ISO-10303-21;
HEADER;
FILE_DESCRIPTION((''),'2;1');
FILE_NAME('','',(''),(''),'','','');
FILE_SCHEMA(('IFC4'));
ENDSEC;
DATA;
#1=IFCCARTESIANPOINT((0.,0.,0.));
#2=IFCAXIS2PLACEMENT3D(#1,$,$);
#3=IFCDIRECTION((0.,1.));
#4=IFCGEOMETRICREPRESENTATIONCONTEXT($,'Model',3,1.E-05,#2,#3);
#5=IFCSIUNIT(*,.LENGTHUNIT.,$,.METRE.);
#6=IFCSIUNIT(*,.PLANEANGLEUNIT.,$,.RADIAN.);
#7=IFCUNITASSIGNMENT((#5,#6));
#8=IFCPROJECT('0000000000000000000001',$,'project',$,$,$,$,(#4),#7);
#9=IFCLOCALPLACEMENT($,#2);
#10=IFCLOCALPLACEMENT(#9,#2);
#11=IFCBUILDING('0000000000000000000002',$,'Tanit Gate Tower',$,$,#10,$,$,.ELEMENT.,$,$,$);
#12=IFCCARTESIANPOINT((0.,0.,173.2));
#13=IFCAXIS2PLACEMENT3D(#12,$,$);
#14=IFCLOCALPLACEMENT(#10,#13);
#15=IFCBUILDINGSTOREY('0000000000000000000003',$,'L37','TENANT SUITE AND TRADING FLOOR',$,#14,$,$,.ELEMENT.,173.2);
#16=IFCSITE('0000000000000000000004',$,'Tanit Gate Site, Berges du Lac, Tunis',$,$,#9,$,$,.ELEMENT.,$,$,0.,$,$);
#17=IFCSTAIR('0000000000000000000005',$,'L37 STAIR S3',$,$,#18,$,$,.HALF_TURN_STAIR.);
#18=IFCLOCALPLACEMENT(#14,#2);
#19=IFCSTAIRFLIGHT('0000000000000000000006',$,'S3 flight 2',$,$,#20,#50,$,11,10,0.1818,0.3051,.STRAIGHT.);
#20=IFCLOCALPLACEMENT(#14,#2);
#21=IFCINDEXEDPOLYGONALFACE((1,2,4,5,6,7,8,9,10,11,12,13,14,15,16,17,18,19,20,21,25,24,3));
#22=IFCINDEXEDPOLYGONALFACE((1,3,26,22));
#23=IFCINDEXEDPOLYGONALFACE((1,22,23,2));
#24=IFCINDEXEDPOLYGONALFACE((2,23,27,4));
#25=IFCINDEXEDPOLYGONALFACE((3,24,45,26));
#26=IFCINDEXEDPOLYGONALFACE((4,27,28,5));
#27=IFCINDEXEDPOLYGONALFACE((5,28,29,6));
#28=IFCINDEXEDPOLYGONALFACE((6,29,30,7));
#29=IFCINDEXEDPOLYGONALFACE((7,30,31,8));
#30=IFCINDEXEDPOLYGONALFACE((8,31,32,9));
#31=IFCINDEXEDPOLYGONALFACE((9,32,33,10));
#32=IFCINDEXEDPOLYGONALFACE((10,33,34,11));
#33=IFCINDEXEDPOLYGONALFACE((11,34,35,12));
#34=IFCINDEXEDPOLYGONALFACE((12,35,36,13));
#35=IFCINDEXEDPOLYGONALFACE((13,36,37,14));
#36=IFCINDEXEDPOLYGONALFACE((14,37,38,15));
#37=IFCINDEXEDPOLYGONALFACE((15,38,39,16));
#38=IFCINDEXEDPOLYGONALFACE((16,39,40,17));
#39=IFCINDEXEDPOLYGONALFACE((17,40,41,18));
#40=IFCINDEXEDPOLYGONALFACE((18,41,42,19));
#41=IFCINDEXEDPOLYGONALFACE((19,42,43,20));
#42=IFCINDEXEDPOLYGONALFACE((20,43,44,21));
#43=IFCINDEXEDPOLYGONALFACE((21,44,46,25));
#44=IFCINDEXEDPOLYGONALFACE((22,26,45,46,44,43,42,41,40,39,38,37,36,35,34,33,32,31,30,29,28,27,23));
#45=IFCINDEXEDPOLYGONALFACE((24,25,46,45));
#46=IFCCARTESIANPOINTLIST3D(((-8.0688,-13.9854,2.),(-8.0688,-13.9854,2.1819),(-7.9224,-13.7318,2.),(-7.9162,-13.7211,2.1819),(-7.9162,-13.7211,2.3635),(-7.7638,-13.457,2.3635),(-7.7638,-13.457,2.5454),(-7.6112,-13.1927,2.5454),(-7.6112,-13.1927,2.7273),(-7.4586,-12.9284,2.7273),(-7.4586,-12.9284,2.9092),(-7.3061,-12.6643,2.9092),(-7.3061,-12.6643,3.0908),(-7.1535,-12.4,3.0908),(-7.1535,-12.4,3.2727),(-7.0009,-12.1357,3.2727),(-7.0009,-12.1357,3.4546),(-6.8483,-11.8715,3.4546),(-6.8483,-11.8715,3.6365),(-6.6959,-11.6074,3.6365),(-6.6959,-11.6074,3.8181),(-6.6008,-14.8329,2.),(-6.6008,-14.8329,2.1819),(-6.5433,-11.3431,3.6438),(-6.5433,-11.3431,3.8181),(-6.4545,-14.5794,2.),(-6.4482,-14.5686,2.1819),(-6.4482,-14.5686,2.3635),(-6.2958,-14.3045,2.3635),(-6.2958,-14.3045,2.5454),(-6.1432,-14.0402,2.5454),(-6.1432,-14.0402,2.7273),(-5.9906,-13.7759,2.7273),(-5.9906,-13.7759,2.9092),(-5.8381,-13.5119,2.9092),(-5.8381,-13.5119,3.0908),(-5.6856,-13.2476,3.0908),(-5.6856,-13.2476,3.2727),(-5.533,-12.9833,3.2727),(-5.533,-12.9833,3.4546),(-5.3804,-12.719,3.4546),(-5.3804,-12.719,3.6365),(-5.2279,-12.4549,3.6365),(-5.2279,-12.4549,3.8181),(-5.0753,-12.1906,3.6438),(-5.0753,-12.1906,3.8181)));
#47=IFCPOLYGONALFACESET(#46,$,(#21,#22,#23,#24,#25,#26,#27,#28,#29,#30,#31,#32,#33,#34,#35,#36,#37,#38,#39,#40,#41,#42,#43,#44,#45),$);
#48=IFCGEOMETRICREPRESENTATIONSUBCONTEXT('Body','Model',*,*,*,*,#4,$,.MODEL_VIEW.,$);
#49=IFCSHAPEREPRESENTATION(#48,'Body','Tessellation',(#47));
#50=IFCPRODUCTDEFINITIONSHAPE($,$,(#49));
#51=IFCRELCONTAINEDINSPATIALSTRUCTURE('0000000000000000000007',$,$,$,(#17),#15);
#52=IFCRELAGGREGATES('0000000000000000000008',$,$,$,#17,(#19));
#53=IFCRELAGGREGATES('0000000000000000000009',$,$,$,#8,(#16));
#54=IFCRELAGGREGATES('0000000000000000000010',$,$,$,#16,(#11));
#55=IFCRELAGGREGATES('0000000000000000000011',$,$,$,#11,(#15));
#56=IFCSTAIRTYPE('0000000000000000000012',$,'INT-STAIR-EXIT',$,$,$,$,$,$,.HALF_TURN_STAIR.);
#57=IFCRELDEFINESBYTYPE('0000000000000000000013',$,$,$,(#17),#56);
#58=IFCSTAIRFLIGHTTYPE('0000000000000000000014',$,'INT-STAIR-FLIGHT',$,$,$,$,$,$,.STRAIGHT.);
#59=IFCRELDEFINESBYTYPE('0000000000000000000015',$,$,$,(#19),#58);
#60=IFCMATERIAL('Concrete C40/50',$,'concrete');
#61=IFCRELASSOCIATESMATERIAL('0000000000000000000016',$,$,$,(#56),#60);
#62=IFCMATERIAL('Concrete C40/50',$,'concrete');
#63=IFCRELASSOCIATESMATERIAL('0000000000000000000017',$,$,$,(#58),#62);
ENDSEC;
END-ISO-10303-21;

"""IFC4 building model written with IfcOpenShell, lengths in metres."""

from ifc_helpers import new_model, si_unit, direction, frame, origin, place, context, subcontext, project, spatial, polyline, outline, extrude, material, type_object, element, aggregate, save


model = new_model("IFC4")

# Units and contexts
model_context = context("Model", 3, precision=1e-05, world=origin(), true_north=direction((0.0, 1.0)))
body_context = subcontext(model_context, "Body", "Model", "MODEL_VIEW")
ifc_project = project(units=[si_unit("LENGTHUNIT", "METRE"), si_unit("PLANEANGLEUNIT", "RADIAN")], contexts=[model_context])

# Site, building, storey
site_placement = place(None, origin())
site = spatial("IfcSite", under=ifc_project, at=site_placement, Name="Tanit Gate Site, Berges du Lac, Tunis", CompositionType="ELEMENT", RefElevation=0.0)
building_placement = place(site_placement, origin())
building = spatial("IfcBuilding", under=site, at=building_placement, Name="Tanit Gate Tower", CompositionType="ELEMENT")
storey_placement = place(building_placement, frame((0.0, 0.0, 173.2)))
storey = spatial("IfcBuildingStorey", under=building, at=storey_placement, Name="L37", Description="TENANT SUITE AND TRADING FLOOR", CompositionType="ELEMENT", Elevation=173.2)

# Stair, stair flight
ifc_material_1 = material(Name="Concrete C40/50", Category="concrete")
stair_type = type_object("IfcStairType", Name="INT-STAIR-EXIT", PredefinedType="HALF_TURN_STAIR", material=ifc_material_1)
stair_placement = place(storey_placement, origin())
stair = element("IfcStair", 1, at=stair_placement, inside=storey, type_object=stair_type, Name="L37 STAIR S3", PredefinedType="HALF_TURN_STAIR")
ifc_material_2 = material(Name="Concrete C40/50", Category="concrete")
stair_flight_type = type_object("IfcStairFlightType", Name="INT-STAIR-FLIGHT", PredefinedType="STRAIGHT", material=ifc_material_2)
stair_flight_1_placement = place(storey_placement, frame((-7.3347, -14.4092, 2.0), z_axis=(0.0, 0.0, 1.0), x_axis=(0.5, 0.866025, 0.0)))
stair_flight_1 = element("IfcStairFlight", 2, at=stair_flight_1_placement, type_object=stair_flight_type, Name="S3 flight 2", NumberOfRisers=11, NumberOfTreads=10, PredefinedType="STRAIGHT", RiserHeight=0.1818, TreadLength=0.3051, context=body_context, shape_type="SweptSolid", body=[
    extrude(outline(polyline([(0.0, 0.0), (0.0, 0.1819), (0.3052, 0.1819), (0.3052, 0.3635), (0.6101, 0.3635), (0.6101, 0.5454), (0.9153, 0.5454), (0.9153, 0.7273), (1.2205, 0.7273), (1.2205, 0.9092), (1.5254, 0.9092), (1.5254, 1.0908), (1.8306, 1.0908), (1.8306, 1.2727), (2.1357, 1.2727), (2.1357, 1.4546), (2.4409, 1.4546), (2.4409, 1.6365), (2.7458, 1.6365), (2.7458, 1.8181), (3.051, 1.8181), (3.051, 2.0), (3.051, 1.6438), (0.2927, 0.0), (0.0, 0.0)])), frame((0.0, 0.8477, 0.0), z_axis=(0.0, -1.0, 0.0), x_axis=(1.0, 0.0, 0.0)), (0.0, 0.0, 1.0), 1.6951),
])
aggregate(stair, [stair_flight_1])

save(model, "model.ifc")
